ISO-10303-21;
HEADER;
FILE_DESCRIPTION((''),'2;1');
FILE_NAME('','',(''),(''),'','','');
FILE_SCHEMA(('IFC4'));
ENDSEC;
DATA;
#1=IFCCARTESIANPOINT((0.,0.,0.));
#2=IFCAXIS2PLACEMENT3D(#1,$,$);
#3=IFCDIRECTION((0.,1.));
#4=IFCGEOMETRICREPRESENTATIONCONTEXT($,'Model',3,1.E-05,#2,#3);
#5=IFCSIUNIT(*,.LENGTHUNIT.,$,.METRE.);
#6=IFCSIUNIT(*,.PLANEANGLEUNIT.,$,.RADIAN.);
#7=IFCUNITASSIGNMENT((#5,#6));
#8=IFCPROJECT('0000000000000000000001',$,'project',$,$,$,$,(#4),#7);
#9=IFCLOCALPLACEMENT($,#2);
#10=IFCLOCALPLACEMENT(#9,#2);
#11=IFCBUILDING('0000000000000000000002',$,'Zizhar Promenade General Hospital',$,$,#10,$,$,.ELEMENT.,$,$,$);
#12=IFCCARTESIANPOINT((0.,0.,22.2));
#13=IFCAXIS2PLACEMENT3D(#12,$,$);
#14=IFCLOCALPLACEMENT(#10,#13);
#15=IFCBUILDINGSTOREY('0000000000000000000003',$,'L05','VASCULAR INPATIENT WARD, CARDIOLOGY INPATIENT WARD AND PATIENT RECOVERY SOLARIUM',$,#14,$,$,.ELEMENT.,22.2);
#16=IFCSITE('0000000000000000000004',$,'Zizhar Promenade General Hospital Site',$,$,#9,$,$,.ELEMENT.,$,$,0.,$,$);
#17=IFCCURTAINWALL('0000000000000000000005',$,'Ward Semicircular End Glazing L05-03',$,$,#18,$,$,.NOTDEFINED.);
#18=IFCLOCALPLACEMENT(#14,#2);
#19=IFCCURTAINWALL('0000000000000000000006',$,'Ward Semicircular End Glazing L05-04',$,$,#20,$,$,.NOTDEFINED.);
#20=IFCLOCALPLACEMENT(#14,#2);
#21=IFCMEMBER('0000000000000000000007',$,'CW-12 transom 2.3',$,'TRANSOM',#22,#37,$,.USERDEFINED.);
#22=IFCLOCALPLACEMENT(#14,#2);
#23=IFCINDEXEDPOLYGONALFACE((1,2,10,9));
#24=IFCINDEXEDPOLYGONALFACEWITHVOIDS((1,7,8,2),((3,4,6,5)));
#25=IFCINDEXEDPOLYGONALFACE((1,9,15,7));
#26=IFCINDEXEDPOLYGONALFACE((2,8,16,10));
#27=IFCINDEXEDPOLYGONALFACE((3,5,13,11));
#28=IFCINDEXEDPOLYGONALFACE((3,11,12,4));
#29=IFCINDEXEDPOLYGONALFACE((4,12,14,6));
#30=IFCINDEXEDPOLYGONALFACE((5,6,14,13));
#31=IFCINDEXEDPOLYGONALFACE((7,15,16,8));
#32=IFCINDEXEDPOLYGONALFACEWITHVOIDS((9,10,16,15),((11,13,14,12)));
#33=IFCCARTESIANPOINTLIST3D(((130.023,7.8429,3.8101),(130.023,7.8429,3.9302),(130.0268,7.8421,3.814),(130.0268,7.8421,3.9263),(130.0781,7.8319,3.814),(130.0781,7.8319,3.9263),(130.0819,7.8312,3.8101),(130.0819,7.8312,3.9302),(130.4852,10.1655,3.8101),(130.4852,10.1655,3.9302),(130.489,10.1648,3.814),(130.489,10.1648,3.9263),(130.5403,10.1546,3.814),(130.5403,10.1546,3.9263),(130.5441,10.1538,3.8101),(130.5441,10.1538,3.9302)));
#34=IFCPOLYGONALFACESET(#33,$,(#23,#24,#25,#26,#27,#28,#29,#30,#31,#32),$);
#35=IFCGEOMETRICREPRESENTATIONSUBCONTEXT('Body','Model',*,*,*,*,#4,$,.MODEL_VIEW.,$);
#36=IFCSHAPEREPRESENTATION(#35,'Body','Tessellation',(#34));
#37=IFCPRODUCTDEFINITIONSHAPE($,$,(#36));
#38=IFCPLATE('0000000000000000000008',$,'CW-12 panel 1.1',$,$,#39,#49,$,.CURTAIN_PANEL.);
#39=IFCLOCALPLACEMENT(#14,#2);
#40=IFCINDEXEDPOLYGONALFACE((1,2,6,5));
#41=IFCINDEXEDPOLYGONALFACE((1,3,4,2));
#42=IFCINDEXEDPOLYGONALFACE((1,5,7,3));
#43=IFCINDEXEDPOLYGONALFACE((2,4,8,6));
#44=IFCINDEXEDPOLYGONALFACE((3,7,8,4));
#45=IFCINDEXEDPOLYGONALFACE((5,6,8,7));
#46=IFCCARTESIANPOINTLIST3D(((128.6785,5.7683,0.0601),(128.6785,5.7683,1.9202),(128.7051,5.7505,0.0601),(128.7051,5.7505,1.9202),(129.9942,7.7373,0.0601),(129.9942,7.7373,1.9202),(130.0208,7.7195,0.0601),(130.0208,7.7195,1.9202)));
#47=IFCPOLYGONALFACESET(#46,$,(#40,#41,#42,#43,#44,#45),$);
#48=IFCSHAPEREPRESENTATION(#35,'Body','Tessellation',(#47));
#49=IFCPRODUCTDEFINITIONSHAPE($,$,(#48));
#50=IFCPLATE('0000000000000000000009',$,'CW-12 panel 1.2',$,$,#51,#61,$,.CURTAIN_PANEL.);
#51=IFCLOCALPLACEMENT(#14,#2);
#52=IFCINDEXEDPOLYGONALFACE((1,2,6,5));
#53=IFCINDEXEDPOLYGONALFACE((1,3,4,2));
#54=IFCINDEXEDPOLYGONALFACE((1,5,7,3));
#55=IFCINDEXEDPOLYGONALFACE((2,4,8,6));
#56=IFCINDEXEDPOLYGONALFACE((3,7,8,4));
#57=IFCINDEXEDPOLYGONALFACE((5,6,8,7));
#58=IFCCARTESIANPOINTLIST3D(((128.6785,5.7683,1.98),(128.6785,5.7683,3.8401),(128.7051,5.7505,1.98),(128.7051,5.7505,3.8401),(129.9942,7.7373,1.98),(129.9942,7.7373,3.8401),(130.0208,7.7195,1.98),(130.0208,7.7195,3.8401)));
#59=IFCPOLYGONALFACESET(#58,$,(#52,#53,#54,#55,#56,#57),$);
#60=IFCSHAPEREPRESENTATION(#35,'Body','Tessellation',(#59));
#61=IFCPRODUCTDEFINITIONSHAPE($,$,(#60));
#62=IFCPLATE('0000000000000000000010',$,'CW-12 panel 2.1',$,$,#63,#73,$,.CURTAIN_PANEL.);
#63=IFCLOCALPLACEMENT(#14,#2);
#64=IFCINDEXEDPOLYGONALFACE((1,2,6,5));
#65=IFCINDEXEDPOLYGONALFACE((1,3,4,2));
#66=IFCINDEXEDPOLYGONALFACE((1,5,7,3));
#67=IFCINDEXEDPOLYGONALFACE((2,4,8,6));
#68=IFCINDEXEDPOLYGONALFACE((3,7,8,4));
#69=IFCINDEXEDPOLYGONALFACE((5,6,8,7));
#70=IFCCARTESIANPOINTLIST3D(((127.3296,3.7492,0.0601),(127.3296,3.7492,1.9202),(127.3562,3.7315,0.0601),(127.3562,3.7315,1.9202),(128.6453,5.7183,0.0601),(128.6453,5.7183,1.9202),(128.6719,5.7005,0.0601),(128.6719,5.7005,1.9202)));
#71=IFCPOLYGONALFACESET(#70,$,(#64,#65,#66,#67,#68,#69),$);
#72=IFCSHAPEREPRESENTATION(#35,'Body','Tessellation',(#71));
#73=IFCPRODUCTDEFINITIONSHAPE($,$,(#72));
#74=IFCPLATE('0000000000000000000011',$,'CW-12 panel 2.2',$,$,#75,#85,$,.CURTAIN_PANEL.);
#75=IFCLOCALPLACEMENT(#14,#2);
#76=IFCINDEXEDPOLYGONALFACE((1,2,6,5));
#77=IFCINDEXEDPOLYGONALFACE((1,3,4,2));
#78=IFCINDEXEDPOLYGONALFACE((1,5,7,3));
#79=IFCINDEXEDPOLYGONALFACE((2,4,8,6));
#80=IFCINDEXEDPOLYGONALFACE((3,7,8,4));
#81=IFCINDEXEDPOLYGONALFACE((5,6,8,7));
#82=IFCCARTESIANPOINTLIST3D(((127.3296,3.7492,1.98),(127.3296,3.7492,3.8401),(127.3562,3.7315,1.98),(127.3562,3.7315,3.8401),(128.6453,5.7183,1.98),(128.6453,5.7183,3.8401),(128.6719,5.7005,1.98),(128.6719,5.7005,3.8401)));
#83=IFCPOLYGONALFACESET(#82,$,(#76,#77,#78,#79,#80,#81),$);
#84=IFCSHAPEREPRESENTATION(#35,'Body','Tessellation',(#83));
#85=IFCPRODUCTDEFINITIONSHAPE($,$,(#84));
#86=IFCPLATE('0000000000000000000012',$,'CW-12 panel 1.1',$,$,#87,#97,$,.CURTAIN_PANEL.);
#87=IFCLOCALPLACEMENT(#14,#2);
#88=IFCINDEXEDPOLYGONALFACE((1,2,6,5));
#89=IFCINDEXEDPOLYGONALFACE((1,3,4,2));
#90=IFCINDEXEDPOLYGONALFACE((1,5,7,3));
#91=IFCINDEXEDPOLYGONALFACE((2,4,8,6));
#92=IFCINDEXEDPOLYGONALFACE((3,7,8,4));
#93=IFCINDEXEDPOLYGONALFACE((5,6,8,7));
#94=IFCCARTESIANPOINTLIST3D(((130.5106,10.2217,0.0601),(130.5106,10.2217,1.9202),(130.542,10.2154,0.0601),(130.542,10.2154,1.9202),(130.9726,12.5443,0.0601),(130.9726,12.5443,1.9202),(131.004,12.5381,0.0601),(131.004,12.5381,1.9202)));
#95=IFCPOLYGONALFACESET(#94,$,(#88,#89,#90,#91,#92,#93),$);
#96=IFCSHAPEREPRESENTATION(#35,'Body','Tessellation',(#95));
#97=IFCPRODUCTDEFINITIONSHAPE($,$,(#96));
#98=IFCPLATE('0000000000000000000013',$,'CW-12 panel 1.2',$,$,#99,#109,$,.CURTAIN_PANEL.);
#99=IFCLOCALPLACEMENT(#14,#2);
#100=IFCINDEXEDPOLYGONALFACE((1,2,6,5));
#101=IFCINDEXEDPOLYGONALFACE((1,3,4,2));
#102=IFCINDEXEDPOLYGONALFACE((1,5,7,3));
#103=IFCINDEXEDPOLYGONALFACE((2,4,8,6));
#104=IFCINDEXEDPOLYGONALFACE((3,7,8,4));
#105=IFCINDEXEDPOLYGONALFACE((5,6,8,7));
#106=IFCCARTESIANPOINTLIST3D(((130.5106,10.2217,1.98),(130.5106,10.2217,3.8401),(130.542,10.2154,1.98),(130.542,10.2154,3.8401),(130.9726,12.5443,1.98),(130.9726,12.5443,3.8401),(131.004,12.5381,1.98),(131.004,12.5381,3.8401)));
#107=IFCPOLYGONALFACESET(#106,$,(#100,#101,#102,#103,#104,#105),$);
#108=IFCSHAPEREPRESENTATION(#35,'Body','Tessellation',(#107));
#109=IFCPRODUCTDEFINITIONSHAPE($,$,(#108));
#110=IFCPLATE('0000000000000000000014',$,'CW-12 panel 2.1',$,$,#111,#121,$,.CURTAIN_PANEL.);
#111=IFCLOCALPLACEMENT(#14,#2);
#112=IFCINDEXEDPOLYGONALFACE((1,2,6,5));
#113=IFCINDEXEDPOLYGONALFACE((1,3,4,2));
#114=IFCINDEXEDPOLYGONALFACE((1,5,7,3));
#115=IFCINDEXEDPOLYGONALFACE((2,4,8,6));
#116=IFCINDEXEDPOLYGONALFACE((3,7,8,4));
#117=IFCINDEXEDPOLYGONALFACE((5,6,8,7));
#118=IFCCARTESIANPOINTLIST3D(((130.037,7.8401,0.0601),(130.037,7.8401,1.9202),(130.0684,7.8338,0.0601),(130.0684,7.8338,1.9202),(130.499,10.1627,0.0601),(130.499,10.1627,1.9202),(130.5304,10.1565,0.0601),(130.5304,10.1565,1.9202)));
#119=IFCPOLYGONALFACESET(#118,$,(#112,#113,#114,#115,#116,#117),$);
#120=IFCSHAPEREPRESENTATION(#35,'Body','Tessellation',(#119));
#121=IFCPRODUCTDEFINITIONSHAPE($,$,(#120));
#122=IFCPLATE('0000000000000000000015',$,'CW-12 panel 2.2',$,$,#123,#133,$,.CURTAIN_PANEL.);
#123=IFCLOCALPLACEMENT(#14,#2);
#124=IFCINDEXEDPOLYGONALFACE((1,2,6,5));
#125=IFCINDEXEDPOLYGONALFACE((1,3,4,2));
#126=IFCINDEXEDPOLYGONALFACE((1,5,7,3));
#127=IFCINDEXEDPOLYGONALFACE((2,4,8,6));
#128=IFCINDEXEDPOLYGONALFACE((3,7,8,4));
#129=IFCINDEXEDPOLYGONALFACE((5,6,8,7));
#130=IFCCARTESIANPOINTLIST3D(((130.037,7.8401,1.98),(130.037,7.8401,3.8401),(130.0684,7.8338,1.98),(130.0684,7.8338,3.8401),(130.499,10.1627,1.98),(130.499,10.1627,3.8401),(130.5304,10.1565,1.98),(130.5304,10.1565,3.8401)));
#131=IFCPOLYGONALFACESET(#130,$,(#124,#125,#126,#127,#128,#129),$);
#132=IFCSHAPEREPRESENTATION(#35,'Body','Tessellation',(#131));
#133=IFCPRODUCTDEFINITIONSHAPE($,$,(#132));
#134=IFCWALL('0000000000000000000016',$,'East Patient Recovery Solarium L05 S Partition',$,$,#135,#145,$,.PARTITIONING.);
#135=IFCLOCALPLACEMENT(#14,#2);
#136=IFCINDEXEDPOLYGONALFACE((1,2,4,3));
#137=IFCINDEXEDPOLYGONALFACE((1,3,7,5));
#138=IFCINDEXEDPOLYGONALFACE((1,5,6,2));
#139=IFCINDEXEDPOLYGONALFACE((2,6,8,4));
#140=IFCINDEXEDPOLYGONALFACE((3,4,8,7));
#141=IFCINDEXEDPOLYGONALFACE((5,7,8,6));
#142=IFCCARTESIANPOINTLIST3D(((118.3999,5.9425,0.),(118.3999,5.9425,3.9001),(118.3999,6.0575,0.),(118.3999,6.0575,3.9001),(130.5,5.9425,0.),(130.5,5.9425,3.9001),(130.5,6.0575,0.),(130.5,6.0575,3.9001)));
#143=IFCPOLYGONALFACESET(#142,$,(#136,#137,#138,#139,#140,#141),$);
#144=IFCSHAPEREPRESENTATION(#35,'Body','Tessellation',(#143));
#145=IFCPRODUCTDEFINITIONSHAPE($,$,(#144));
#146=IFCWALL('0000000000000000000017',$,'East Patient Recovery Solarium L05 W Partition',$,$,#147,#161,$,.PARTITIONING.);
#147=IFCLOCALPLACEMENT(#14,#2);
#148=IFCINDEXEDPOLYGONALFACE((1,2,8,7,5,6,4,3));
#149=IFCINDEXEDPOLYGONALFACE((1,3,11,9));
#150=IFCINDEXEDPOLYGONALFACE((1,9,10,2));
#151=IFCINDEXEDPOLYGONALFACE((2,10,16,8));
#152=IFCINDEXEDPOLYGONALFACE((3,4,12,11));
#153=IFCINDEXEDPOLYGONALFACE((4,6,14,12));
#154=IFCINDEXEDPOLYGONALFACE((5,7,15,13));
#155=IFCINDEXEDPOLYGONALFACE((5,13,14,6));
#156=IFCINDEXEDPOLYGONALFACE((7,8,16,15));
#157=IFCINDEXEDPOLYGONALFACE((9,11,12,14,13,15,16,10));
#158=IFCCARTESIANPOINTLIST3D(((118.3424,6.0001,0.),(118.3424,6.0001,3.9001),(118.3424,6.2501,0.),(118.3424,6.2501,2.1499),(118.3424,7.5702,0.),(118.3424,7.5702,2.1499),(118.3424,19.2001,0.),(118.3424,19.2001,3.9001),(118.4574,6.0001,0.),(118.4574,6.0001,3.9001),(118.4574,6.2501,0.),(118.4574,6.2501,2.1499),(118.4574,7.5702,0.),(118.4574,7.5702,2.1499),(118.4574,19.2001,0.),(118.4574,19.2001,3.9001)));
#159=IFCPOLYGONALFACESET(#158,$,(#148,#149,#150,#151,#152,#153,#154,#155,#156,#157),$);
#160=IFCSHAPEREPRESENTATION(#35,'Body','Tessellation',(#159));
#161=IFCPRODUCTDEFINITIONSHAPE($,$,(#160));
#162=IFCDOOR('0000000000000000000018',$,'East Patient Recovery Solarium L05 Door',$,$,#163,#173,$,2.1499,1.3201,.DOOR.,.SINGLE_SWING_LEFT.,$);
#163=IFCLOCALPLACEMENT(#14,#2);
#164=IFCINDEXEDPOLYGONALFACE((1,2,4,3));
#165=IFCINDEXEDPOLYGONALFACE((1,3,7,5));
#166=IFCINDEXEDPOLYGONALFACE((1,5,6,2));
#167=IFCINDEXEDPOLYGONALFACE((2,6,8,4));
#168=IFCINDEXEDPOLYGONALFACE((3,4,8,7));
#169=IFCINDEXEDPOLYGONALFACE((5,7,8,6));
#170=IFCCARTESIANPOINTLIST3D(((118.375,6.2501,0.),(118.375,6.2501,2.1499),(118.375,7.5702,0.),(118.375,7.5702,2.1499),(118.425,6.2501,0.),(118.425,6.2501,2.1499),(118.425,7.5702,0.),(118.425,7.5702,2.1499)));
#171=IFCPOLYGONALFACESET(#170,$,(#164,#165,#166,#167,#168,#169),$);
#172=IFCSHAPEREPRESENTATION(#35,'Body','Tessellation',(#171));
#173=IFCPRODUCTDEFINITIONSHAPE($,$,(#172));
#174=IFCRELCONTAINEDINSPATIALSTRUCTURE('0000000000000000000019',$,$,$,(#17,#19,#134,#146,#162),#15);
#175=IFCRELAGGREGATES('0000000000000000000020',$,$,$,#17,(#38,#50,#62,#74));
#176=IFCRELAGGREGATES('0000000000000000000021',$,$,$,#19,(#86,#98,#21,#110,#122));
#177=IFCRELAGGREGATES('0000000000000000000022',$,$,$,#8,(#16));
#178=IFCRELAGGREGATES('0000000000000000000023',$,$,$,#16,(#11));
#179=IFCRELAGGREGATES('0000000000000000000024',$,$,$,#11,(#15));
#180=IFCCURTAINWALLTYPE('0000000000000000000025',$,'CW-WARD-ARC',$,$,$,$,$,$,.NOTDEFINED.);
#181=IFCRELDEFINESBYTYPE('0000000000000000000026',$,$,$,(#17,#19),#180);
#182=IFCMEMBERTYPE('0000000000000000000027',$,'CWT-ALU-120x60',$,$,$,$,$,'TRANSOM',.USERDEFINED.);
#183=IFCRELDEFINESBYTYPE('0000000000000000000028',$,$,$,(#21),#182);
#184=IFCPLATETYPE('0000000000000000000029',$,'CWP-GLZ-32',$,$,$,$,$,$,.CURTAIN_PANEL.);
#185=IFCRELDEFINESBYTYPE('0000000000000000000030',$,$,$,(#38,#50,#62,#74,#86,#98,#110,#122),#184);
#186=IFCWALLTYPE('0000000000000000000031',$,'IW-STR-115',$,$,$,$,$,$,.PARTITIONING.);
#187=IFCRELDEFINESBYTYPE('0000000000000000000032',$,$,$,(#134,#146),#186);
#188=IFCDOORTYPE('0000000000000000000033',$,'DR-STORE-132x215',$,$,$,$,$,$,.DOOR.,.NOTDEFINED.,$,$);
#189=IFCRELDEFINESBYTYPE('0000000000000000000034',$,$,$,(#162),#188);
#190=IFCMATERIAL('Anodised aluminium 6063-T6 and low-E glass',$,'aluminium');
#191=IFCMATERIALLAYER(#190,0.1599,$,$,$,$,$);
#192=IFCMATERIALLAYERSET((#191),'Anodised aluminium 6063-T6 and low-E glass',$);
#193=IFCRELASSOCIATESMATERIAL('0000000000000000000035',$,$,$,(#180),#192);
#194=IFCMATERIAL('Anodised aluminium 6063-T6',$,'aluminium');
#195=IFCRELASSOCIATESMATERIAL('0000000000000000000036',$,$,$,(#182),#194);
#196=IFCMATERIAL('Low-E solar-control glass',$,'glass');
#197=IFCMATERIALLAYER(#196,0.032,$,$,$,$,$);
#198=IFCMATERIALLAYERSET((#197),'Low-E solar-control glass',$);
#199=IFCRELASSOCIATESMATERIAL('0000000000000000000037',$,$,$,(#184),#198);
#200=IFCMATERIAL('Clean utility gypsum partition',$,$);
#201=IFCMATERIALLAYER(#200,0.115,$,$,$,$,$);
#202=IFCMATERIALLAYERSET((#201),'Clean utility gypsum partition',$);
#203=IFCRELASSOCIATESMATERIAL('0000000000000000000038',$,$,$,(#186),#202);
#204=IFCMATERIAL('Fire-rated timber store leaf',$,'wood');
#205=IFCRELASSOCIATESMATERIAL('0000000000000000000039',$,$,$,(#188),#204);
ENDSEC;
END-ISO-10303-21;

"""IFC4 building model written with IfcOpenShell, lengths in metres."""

from ifc_helpers import new_model, si_unit, direction, frame, frame_2d, origin, origin_2d, place, context, subcontext, project, spatial, rectangle, hollow_rectangle, extrude, material, layer, layer_set, material_profile, profile_set, type_object, element, fill, aggregate, save


model = new_model("IFC4")

# Units and contexts
model_context = context("Model", 3, precision=1e-05, world=origin(), true_north=direction((0.0, 1.0)))
body_context = subcontext(model_context, "Body", "Model", "MODEL_VIEW")
ifc_project = project(units=[si_unit("LENGTHUNIT", "METRE"), si_unit("PLANEANGLEUNIT", "RADIAN")], contexts=[model_context])

# Site, building, storey
site_placement = place(None, origin())
site = spatial("IfcSite", under=ifc_project, at=site_placement, Name="Zizhar Promenade General Hospital Site", CompositionType="ELEMENT", RefElevation=0.0)
building_placement = place(site_placement, origin())
building = spatial("IfcBuilding", under=site, at=building_placement, Name="Zizhar Promenade General Hospital", CompositionType="ELEMENT")
storey_placement = place(building_placement, frame((0.0, 0.0, 22.2)))
storey = spatial("IfcBuildingStorey", under=building, at=storey_placement, Name="L05", Description="VASCULAR INPATIENT WARD, CARDIOLOGY INPATIENT WARD AND PATIENT RECOVERY SOLARIUM", CompositionType="ELEMENT", Elevation=22.2)

# Curtain walls
ifc_material_1 = material(Name="Anodised aluminium 6063-T6 and low-E glass", Category="aluminium")
ifc_layer_1 = layer(ifc_material_1, 0.1599)
ifc_layer_set_1 = layer_set([ifc_layer_1], Name="Anodised aluminium 6063-T6 and low-E glass")
curtain_wall_type = type_object("IfcCurtainWallType", Name="CW-WARD-ARC", PredefinedType="NOTDEFINED", material=ifc_layer_set_1)
curtain_wall_1_placement = place(storey_placement, origin())
curtain_wall_1 = element("IfcCurtainWall", 1, at=curtain_wall_1_placement, inside=storey, type_object=curtain_wall_type, Name="Ward Semicircular End Glazing L05-03", PredefinedType="NOTDEFINED")
curtain_wall_2_placement = place(storey_placement, origin())
curtain_wall_2 = element("IfcCurtainWall", 2, at=curtain_wall_2_placement, inside=storey, type_object=curtain_wall_type, Name="Ward Semicircular End Glazing L05-04", PredefinedType="NOTDEFINED")

# Member
ifc_material_2 = material(Name="Anodised aluminium 6063-T6", Category="aluminium")
ifc_material_profile_1 = material_profile(ifc_material_2, hollow_rectangle(XDim=0.0601, YDim=0.1201, WallThickness=0.0039, at=origin_2d()))
ifc_profile_set_1 = profile_set([ifc_material_profile_1], Name="Anodised aluminium 6063-T6")
member_type_1 = type_object("IfcMemberType", Name="CWT-ALU-120x60", ElementType="TRANSOM", PredefinedType="USERDEFINED", material=ifc_profile_set_1)
member_1_placement = place(storey_placement, frame((130.5146, 10.1597, 3.8701), z_axis=(-0.195164, -0.980771, 0.0), x_axis=(0.980771, -0.195164, 0.0)))
member_1 = element("IfcMember", 3, at=member_1_placement, type_object=member_type_1, Name="CW-12 transom 2.3", ObjectType="TRANSOM", PredefinedType="USERDEFINED", context=body_context, shape_type="SweptSolid", body=[
    extrude(hollow_rectangle(XDim=0.0601, YDim=0.1201, WallThickness=0.0039, at=origin_2d()), origin(), (0.0, 0.0, 1.0), 2.3682),
])

# Plates
ifc_material_3 = material(Name="Low-E solar-control glass", Category="glass")
ifc_layer_2 = layer(ifc_material_3, 0.032)
ifc_layer_set_2 = layer_set([ifc_layer_2], Name="Low-E solar-control glass")
plate_type = type_object("IfcPlateType", Name="CWP-GLZ-32", PredefinedType="CURTAIN_PANEL", material=ifc_layer_set_2)
plate_1_placement = place(storey_placement, frame((129.3496, 6.7439, 0.0601), z_axis=(0.0, 0.0, 1.0), x_axis=(-0.555582, -0.831462, 0.0)))
plate_1 = element("IfcPlate", 4, at=plate_1_placement, type_object=plate_type, Name="CW-12 panel 1.1", PredefinedType="CURTAIN_PANEL", context=body_context, shape_type="SweptSolid", body=[
    extrude(rectangle(XDim=2.3682, YDim=0.032, at=origin_2d()), origin(), (0.0, 0.0, 1.0), 1.8601),
])
plate_2_placement = place(storey_placement, frame((129.3496, 6.7439, 1.98), z_axis=(0.0, 0.0, 1.0), x_axis=(-0.555582, -0.831462, 0.0)))
plate_2 = element("IfcPlate", 5, at=plate_2_placement, type_object=plate_type, Name="CW-12 panel 1.2", PredefinedType="CURTAIN_PANEL", context=body_context, shape_type="SweptSolid", body=[
    extrude(rectangle(XDim=2.3682, YDim=0.032, at=origin_2d()), origin(), (0.0, 0.0, 1.0), 1.8601),
])
plate_3_placement = place(storey_placement, frame((128.0007, 4.7249, 0.0601), z_axis=(0.0, 0.0, 1.0), x_axis=(-0.555582, -0.831462, 0.0)))
plate_3 = element("IfcPlate", 6, at=plate_3_placement, type_object=plate_type, Name="CW-12 panel 2.1", PredefinedType="CURTAIN_PANEL", context=body_context, shape_type="SweptSolid", body=[
    extrude(rectangle(XDim=2.3682, YDim=0.032, at=origin_2d()), origin(), (0.0, 0.0, 1.0), 1.8601),
])
plate_4_placement = place(storey_placement, frame((128.0007, 4.7249, 1.98), z_axis=(0.0, 0.0, 1.0), x_axis=(-0.555582, -0.831462, 0.0)))
plate_4 = element("IfcPlate", 7, at=plate_4_placement, type_object=plate_type, Name="CW-12 panel 2.2", PredefinedType="CURTAIN_PANEL", context=body_context, shape_type="SweptSolid", body=[
    extrude(rectangle(XDim=2.3682, YDim=0.032, at=origin_2d()), origin(), (0.0, 0.0, 1.0), 1.8601),
])
aggregate(curtain_wall_1, [plate_1, plate_2, plate_3, plate_4])
plate_5_placement = place(storey_placement, frame((130.7573, 11.3799, 0.0601), z_axis=(0.0, 0.0, 1.0), x_axis=(-0.195087, -0.980786, 0.0)))
plate_5 = element("IfcPlate", 8, at=plate_5_placement, type_object=plate_type, Name="CW-12 panel 1.1", PredefinedType="CURTAIN_PANEL", context=body_context, shape_type="SweptSolid", body=[
    extrude(rectangle(XDim=2.3682, YDim=0.032, at=origin_2d()), origin(), (0.0, 0.0, 1.0), 1.8601),
])
plate_6_placement = place(storey_placement, frame((130.7573, 11.3799, 1.98), z_axis=(0.0, 0.0, 1.0), x_axis=(-0.195087, -0.980786, 0.0)))
plate_6 = element("IfcPlate", 9, at=plate_6_placement, type_object=plate_type, Name="CW-12 panel 1.2", PredefinedType="CURTAIN_PANEL", context=body_context, shape_type="SweptSolid", body=[
    extrude(rectangle(XDim=2.3682, YDim=0.032, at=origin_2d()), origin(), (0.0, 0.0, 1.0), 1.8601),
])
plate_7_placement = place(storey_placement, frame((130.2837, 8.9983, 0.0601), z_axis=(0.0, 0.0, 1.0), x_axis=(-0.195087, -0.980786, 0.0)))
plate_7 = element("IfcPlate", 10, at=plate_7_placement, type_object=plate_type, Name="CW-12 panel 2.1", PredefinedType="CURTAIN_PANEL", context=body_context, shape_type="SweptSolid", body=[
    extrude(rectangle(XDim=2.3682, YDim=0.032, at=origin_2d()), origin(), (0.0, 0.0, 1.0), 1.8601),
])
plate_8_placement = place(storey_placement, frame((130.2837, 8.9983, 1.98), z_axis=(0.0, 0.0, 1.0), x_axis=(-0.195087, -0.980786, 0.0)))
plate_8 = element("IfcPlate", 11, at=plate_8_placement, type_object=plate_type, Name="CW-12 panel 2.2", PredefinedType="CURTAIN_PANEL", context=body_context, shape_type="SweptSolid", body=[
    extrude(rectangle(XDim=2.3682, YDim=0.032, at=origin_2d()), origin(), (0.0, 0.0, 1.0), 1.8601),
])
aggregate(curtain_wall_2, [plate_5, plate_6, member_1, plate_7, plate_8])

# Wall
ifc_material_4 = material(Name="Clean utility gypsum partition")
ifc_layer_3 = layer(ifc_material_4, 0.115)
ifc_layer_set_3 = layer_set([ifc_layer_3], Name="Clean utility gypsum partition")
wall_type = type_object("IfcWallType", Name="IW-STR-115", PredefinedType="PARTITIONING", material=ifc_layer_set_3)
wall_1_placement = place(storey_placement, frame((118.3999, 6.0, 0.0), z_axis=(0.0, 0.0, 1.0), x_axis=(1.0, 0.0, 0.0)))
element("IfcWall", 12, at=wall_1_placement, inside=storey, type_object=wall_type, Name="East Patient Recovery Solarium L05 S Partition", PredefinedType="PARTITIONING", context=body_context, shape_type="SweptSolid", body=[
    extrude(rectangle(XDim=12.1001, YDim=0.115, at=frame_2d((6.05, 0.0))), origin(), (0.0, 0.0, 1.0), 3.9001),
])

# Wall, opening, door
wall_2_placement = place(storey_placement, frame((118.3999, 6.0, 0.0), z_axis=(0.0, 0.0, 1.0), x_axis=(0.0, 1.0, 0.0)))
wall_2 = element("IfcWall", 13, at=wall_2_placement, inside=storey, type_object=wall_type, Name="East Patient Recovery Solarium L05 W Partition", PredefinedType="PARTITIONING", context=body_context, shape_type="SweptSolid", body=[
    extrude(rectangle(XDim=13.2, YDim=0.115, at=frame_2d((6.6001, 0.0))), origin(), (0.0, 0.0, 1.0), 3.9001),
])
opening_placement = place(wall_2_placement, frame((0.25, 0.0, 0.0)))
opening = element("IfcOpeningElement", 14, at=opening_placement, cuts=wall_2, PredefinedType="OPENING", context=body_context, shape_type="SweptSolid", body=[
    extrude(rectangle(XDim=1.3201, YDim=2.1499, at=frame_2d((0.6602, 1.075))), frame((0.0, 0.0674, 0.0), z_axis=(0.0, -1.0, 0.0), x_axis=(1.0, 0.0, 0.0)), (0.0, 0.0, 1.0), 0.135),
])
ifc_material_5 = material(Name="Fire-rated timber store leaf", Category="wood")
door_type = type_object("IfcDoorType", Name="DR-STORE-132x215", OperationType="NOTDEFINED", PredefinedType="DOOR", material=ifc_material_5)
door_placement = place(opening_placement, origin())
door = element("IfcDoor", 15, at=door_placement, inside=storey, type_object=door_type, Name="East Patient Recovery Solarium L05 Door", OperationType="SINGLE_SWING_LEFT", OverallHeight=2.1499, OverallWidth=1.3201, PredefinedType="DOOR", context=body_context, shape_type="SweptSolid", body=[
    extrude(rectangle(XDim=1.3201, YDim=2.1499, at=frame_2d((0.6602, 1.075))), frame((0.0, 0.0249, 0.0), z_axis=(0.0, -1.0, 0.0), x_axis=(1.0, 0.0, 0.0)), (0.0, 0.0, 1.0), 0.05),
])
fill(opening, door)

save(model, "model.ifc")
